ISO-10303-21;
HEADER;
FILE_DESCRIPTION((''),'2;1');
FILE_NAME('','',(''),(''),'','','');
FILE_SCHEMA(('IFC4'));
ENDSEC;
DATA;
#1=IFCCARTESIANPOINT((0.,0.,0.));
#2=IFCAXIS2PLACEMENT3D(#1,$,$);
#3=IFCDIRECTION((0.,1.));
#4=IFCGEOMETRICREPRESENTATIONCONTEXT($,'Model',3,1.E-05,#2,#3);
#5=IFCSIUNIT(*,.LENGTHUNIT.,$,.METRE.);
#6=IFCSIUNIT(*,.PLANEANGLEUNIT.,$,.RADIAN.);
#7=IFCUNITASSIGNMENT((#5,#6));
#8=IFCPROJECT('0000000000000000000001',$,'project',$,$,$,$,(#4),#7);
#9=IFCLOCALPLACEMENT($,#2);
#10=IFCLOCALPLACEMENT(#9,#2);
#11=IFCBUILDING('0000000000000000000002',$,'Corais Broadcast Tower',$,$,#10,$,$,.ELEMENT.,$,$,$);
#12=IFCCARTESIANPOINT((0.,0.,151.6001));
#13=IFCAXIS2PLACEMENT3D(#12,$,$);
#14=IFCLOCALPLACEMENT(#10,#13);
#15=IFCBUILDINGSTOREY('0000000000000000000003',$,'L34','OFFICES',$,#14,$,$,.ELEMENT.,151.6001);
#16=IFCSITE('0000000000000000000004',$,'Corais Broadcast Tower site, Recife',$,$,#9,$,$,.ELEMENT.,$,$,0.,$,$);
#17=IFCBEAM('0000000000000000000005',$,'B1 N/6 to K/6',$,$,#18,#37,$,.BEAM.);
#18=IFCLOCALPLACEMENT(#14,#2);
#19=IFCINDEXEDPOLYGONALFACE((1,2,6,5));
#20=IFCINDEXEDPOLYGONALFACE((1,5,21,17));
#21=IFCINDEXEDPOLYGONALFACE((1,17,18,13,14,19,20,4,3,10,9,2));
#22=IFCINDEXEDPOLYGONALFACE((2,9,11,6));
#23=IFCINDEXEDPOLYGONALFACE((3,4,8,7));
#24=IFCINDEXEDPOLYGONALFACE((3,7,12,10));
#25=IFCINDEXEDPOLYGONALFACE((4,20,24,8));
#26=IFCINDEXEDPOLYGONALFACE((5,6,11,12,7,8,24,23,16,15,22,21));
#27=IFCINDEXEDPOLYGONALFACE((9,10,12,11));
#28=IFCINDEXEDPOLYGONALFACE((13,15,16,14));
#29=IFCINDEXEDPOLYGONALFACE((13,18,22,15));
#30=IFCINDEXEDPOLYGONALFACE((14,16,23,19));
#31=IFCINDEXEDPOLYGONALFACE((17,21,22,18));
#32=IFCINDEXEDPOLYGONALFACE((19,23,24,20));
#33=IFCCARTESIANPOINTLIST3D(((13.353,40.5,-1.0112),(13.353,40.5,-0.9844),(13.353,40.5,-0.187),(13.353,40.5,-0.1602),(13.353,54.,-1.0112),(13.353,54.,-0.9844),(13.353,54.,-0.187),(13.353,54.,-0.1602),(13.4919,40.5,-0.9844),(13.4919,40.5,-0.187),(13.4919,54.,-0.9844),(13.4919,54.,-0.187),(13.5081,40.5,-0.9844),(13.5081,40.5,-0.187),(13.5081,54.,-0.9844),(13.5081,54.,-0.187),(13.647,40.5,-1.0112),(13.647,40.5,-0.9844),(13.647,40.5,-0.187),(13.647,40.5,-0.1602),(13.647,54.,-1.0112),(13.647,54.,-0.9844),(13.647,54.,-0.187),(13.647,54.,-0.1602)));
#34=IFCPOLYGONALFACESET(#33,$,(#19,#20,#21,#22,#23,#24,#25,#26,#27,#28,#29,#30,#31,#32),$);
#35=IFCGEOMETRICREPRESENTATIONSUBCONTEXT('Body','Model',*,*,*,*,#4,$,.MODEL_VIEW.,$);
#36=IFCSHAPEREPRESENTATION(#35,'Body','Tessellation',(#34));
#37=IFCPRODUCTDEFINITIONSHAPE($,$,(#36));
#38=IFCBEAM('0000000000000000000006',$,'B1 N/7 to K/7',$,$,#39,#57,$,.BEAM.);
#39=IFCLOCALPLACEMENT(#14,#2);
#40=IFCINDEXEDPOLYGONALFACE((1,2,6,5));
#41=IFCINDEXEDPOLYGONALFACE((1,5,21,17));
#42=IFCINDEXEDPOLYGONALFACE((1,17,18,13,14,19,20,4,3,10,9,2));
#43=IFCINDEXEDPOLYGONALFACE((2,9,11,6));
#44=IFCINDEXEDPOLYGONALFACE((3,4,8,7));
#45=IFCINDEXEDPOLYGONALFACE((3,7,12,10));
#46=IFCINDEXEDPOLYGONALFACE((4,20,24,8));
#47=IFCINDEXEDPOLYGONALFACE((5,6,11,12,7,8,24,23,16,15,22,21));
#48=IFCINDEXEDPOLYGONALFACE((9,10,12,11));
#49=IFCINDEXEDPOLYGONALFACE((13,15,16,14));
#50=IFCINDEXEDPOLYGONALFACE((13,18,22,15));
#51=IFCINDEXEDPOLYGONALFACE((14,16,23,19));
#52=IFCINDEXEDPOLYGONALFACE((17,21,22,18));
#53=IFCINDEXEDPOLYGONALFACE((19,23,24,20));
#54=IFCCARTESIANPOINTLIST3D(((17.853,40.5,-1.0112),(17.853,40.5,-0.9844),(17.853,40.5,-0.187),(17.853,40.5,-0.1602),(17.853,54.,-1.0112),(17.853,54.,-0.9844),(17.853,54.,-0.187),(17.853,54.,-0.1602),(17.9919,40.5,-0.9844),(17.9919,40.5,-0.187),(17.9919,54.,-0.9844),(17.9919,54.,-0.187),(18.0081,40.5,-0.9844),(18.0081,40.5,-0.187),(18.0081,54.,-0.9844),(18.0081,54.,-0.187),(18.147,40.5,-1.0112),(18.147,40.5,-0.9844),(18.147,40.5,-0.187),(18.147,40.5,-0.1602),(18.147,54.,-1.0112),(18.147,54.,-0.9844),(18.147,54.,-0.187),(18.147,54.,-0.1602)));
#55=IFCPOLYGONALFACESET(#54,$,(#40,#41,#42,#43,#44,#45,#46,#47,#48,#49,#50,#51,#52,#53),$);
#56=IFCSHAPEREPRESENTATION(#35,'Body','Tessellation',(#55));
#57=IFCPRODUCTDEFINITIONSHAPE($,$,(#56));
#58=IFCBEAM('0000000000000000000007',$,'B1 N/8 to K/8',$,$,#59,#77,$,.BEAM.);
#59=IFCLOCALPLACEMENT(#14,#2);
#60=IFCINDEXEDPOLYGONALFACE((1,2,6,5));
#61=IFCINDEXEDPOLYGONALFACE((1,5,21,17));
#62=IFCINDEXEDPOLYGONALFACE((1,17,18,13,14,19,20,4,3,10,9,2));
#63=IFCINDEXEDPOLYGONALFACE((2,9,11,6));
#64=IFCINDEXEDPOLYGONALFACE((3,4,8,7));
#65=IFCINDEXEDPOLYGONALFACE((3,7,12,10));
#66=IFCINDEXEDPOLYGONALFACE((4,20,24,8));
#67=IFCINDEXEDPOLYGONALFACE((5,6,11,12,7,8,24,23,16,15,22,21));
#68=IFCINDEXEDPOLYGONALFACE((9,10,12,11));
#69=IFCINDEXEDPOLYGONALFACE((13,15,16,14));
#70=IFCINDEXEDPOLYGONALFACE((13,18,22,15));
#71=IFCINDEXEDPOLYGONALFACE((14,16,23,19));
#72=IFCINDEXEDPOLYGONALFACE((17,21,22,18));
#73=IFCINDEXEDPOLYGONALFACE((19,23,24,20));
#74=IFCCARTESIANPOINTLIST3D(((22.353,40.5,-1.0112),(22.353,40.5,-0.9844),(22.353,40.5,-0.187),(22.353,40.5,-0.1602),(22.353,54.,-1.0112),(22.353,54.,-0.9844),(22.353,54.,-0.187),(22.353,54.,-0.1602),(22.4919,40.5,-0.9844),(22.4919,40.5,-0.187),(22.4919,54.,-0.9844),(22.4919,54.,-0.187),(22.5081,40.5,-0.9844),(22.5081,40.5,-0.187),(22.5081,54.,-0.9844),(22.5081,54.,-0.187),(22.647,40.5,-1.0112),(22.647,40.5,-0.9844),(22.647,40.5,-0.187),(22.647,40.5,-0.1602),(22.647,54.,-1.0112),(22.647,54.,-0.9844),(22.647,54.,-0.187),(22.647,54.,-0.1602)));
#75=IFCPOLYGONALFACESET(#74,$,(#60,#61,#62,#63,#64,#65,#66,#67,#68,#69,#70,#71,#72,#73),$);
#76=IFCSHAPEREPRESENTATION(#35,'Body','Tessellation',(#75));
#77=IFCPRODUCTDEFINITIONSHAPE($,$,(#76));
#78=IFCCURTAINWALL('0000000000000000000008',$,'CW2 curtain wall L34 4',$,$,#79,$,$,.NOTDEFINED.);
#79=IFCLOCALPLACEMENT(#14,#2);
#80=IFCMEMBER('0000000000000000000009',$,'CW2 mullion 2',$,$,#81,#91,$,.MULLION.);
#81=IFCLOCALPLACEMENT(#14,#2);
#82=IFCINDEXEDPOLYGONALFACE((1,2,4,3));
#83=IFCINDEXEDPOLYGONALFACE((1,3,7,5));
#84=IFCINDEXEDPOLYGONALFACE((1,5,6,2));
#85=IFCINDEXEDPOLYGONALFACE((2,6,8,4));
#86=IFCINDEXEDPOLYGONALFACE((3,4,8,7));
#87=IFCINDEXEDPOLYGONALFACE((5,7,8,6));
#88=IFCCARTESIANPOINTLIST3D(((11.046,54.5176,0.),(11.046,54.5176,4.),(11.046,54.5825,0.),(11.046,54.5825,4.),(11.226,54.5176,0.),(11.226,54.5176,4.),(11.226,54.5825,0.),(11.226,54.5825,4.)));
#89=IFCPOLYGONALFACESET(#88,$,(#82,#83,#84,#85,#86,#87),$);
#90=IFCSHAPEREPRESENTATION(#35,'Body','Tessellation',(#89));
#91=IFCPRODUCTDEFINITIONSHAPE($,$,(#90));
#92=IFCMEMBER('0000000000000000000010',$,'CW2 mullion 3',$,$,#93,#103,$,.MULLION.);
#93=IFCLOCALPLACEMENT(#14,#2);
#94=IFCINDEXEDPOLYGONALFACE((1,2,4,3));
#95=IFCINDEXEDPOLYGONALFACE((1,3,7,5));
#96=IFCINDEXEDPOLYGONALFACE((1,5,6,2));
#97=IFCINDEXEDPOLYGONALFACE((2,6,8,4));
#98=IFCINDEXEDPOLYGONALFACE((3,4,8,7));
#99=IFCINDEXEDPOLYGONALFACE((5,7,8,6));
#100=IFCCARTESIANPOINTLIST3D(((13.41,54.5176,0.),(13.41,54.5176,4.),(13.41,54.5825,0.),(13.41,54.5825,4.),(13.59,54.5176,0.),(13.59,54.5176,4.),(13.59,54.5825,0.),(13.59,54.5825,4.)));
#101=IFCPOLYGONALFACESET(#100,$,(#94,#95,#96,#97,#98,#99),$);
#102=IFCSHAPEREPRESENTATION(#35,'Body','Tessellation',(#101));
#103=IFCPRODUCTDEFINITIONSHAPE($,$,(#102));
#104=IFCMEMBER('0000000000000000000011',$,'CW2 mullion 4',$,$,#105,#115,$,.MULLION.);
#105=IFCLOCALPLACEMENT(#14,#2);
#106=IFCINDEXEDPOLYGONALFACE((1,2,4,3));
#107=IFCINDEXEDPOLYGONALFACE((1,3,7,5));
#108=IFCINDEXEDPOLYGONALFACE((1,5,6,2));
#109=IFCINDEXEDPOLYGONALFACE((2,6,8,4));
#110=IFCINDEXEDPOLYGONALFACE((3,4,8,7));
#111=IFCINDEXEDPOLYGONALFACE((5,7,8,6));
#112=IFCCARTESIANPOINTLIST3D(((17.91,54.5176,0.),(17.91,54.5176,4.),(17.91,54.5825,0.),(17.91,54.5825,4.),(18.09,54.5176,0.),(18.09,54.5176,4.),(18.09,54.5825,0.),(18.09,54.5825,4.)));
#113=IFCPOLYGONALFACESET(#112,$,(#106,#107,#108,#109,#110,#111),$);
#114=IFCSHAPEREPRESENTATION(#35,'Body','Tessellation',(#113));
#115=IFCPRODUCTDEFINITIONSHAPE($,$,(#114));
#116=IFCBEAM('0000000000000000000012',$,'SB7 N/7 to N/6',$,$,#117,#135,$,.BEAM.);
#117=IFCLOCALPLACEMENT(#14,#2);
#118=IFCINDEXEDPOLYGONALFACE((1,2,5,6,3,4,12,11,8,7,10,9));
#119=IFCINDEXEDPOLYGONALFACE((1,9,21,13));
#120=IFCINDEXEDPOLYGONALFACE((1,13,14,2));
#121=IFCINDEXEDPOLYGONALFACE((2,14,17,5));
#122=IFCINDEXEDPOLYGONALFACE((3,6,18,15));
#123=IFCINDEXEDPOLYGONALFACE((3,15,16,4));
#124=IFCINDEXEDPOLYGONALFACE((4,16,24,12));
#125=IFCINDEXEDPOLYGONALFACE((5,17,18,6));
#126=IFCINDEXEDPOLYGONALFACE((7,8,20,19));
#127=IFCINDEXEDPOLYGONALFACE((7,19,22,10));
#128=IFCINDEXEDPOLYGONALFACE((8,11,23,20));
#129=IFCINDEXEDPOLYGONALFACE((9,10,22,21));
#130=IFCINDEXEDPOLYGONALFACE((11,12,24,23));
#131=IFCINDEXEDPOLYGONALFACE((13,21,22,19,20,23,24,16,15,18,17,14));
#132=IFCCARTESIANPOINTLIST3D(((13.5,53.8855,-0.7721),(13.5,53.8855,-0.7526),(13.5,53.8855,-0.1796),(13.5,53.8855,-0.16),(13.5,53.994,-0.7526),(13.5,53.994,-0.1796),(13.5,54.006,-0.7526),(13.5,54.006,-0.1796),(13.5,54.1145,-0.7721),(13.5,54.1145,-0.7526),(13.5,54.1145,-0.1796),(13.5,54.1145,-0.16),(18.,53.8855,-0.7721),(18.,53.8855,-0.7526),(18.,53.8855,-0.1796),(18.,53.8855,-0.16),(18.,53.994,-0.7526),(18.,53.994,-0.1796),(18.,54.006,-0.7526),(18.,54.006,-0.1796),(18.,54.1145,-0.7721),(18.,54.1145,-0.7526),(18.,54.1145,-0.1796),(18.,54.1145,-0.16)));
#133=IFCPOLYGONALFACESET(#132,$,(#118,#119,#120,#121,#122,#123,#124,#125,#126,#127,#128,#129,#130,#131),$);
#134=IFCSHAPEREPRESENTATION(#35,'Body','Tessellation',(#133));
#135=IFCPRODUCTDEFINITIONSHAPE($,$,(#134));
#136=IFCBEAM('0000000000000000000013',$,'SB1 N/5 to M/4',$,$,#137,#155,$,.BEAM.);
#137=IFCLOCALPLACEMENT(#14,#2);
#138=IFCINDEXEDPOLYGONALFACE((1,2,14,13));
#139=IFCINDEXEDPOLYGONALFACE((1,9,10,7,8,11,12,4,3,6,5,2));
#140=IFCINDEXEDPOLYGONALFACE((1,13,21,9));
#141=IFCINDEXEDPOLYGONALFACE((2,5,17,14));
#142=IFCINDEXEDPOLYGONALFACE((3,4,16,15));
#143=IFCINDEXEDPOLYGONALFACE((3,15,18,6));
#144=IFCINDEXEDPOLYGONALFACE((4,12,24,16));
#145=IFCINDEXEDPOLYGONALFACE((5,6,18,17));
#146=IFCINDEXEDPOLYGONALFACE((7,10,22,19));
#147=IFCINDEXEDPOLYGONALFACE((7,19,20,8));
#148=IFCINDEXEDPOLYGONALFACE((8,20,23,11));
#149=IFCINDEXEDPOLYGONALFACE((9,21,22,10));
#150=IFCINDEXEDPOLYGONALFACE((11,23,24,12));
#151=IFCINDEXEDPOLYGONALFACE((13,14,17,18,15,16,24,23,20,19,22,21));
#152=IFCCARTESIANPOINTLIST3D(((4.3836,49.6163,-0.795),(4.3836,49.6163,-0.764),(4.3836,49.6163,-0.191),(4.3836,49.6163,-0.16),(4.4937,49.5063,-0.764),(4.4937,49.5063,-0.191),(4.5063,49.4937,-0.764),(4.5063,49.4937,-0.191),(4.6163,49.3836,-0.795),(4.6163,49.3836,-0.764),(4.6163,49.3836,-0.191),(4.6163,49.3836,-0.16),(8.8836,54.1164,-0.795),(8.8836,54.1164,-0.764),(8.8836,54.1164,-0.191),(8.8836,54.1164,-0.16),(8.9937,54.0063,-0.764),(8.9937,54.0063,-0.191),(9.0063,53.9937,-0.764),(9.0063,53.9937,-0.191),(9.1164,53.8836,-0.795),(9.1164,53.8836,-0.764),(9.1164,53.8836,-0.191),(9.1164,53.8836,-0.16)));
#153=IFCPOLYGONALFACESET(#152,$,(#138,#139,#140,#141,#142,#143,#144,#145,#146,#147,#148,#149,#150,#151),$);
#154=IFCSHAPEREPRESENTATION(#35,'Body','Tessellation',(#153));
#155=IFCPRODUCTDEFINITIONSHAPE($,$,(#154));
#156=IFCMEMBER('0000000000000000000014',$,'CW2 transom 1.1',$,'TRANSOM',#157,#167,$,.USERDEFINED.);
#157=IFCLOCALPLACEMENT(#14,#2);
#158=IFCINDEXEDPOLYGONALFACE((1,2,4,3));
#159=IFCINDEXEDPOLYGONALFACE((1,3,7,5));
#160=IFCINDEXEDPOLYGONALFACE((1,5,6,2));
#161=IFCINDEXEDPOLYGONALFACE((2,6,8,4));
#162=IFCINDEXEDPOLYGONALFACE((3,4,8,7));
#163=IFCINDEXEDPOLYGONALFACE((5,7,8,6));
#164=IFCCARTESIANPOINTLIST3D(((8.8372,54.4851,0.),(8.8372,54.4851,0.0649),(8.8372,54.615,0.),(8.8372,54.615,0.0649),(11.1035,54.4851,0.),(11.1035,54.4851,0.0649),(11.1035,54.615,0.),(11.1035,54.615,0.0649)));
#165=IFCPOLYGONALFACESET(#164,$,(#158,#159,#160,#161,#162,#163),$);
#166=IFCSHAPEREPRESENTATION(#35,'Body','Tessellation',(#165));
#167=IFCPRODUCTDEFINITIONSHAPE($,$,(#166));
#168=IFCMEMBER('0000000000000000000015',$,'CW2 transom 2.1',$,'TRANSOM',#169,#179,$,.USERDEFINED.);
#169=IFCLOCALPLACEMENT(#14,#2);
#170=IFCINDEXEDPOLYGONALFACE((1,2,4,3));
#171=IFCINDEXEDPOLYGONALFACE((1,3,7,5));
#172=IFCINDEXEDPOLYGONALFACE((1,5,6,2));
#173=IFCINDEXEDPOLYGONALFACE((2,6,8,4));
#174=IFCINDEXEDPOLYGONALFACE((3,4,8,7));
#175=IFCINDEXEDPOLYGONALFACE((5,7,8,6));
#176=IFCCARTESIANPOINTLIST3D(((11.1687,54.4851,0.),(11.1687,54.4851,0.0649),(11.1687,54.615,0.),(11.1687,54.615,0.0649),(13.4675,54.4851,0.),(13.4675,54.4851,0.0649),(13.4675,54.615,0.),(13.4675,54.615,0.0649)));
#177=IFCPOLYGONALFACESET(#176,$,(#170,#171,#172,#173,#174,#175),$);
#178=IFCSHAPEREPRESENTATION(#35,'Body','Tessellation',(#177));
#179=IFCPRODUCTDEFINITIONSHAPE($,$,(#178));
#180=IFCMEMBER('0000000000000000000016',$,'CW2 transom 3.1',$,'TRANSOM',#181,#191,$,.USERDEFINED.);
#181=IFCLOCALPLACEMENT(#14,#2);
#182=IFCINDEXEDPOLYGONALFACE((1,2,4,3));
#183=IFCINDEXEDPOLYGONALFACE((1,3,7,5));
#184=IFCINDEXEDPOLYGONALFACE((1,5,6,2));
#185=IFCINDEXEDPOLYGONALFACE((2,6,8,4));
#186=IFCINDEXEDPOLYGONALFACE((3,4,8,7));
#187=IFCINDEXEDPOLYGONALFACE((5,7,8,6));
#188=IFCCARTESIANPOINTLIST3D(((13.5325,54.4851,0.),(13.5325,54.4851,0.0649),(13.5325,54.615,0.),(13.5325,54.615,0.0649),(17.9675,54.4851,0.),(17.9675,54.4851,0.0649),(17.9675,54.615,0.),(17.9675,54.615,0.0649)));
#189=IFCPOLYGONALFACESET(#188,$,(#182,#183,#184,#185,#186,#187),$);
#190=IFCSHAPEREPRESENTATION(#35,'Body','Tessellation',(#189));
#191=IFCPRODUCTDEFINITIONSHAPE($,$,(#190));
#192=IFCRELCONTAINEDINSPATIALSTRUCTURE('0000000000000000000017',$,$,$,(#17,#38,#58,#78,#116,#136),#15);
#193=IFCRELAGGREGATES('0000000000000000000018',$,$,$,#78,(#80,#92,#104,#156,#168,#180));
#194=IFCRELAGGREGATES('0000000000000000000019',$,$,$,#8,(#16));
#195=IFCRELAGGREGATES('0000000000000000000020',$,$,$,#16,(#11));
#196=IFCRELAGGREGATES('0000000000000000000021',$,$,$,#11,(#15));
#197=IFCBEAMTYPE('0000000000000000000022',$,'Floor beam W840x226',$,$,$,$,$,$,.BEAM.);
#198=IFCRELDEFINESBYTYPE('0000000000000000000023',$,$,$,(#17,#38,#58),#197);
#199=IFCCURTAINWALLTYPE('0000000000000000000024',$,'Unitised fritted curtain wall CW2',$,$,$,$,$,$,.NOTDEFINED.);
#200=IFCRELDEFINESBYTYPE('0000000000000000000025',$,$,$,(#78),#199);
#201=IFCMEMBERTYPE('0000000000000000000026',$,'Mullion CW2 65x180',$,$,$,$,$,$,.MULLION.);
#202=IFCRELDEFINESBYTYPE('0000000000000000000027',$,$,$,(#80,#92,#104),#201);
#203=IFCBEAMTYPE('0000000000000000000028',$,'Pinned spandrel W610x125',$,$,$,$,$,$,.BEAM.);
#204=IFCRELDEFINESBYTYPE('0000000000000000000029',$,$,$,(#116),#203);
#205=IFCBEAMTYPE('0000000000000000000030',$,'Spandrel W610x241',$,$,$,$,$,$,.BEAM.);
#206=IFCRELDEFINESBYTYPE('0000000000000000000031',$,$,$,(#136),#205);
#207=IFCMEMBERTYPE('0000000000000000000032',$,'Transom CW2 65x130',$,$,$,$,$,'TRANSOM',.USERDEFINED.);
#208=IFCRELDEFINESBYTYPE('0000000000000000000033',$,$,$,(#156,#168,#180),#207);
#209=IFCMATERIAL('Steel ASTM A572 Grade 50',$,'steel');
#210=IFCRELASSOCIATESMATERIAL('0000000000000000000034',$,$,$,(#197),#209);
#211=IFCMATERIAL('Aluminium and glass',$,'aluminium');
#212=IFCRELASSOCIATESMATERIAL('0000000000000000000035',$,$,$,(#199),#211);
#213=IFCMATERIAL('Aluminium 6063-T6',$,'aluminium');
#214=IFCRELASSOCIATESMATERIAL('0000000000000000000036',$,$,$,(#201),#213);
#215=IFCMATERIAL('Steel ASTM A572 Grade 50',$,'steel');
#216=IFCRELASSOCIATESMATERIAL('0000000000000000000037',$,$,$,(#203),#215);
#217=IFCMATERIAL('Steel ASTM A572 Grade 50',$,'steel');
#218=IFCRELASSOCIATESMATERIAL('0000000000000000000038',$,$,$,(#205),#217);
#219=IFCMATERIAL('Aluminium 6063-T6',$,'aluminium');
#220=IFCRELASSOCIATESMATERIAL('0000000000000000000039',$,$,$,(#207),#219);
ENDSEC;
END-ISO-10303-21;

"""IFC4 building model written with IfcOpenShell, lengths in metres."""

from ifc_helpers import new_model, si_unit, direction, frame, origin, origin_2d, place, context, subcontext, project, spatial, rectangle, i_section, extrude, material, material_profile, profile_set, type_object, element, aggregate, save


model = new_model("IFC4")

# Units and contexts
model_context = context("Model", 3, precision=1e-05, world=origin(), true_north=direction((0.0, 1.0)))
body_context = subcontext(model_context, "Body", "Model", "MODEL_VIEW")
ifc_project = project(units=[si_unit("LENGTHUNIT", "METRE"), si_unit("PLANEANGLEUNIT", "RADIAN")], contexts=[model_context])

# Site, building, storey
site_placement = place(None, origin())
site = spatial("IfcSite", under=ifc_project, at=site_placement, Name="Corais Broadcast Tower site, Recife", CompositionType="ELEMENT", RefElevation=0.0)
building_placement = place(site_placement, origin())
building = spatial("IfcBuilding", under=site, at=building_placement, Name="Corais Broadcast Tower", CompositionType="ELEMENT")
storey_placement = place(building_placement, frame((0.0, 0.0, 151.6001)))
storey = spatial("IfcBuildingStorey", under=building, at=storey_placement, Name="L34", Description="OFFICES", CompositionType="ELEMENT", Elevation=151.6001)

# Beams
ifc_material_1 = material(Name="Steel ASTM A572 Grade 50", Category="steel")
ifc_material_profile_1 = material_profile(ifc_material_1, i_section(OverallWidth=0.2939, OverallDepth=0.8511, WebThickness=0.0161, FlangeThickness=0.0269, at=origin_2d()), Name="W840x226")
ifc_profile_set_1 = profile_set([ifc_material_profile_1], Name="Steel ASTM A572 Grade 50")
beam_type_1 = type_object("IfcBeamType", Name="Floor beam W840x226", PredefinedType="BEAM", material=ifc_profile_set_1)
for number, where, z_axis, x_axis, name in (
    (1, (13.5, 54.0, -0.5857), (0.0, -1.0, 0.0), (1.0, 0.0, 0.0), "B1 N/6 to K/6"),
    (2, (18.0, 54.0, -0.5857), (0.0, -1.0, 0.0), (1.0, 0.0, 0.0), "B1 N/7 to K/7"),
    (3, (22.5, 54.0, -0.5857), (0.0, -1.0, 0.0), (1.0, 0.0, 0.0), "B1 N/8 to K/8"),
):
    element("IfcBeam", number, at=place(storey_placement, frame(where, z_axis=z_axis, x_axis=x_axis)), inside=storey, type_object=beam_type_1, Name=name, PredefinedType="BEAM", context=body_context, shape_type="SweptSolid", body=[
        extrude(i_section(OverallWidth=0.2939, OverallDepth=0.8511, WebThickness=0.0161, FlangeThickness=0.0269, at=origin_2d()), origin(), (0.0, 0.0, 1.0), 13.5),
    ])

# Curtain wall, members
ifc_material_2 = material(Name="Aluminium and glass", Category="aluminium")
curtain_wall_type = type_object("IfcCurtainWallType", Name="Unitised fritted curtain wall CW2", PredefinedType="NOTDEFINED", material=ifc_material_2)
curtain_wall_placement = place(storey_placement, origin())
curtain_wall = element("IfcCurtainWall", 4, at=curtain_wall_placement, inside=storey, type_object=curtain_wall_type, Name="CW2 curtain wall L34 4", PredefinedType="NOTDEFINED")
ifc_material_3 = material(Name="Aluminium 6063-T6", Category="aluminium")
ifc_material_profile_2 = material_profile(ifc_material_3, rectangle(XDim=0.0649, YDim=0.1799, at=origin_2d()), Name="Mullion CW2 65x180")
ifc_profile_set_2 = profile_set([ifc_material_profile_2], Name="Aluminium 6063-T6")
member_type_1 = type_object("IfcMemberType", Name="Mullion CW2 65x180", PredefinedType="MULLION", material=ifc_profile_set_2)
member_1_placement = place(storey_placement, frame((11.136, 54.55, 0.0), z_axis=(0.0, 0.0, 1.0), x_axis=(0.0, 1.0, 0.0)))
member_1 = element("IfcMember", 5, at=member_1_placement, type_object=member_type_1, Name="CW2 mullion 2", PredefinedType="MULLION", context=body_context, shape_type="SweptSolid", body=[
    extrude(rectangle(XDim=0.0649, YDim=0.1799, at=origin_2d()), origin(), (0.0, 0.0, 1.0), 4.0),
])
member_2_placement = place(storey_placement, frame((13.5, 54.55, 0.0), z_axis=(0.0, 0.0, 1.0), x_axis=(0.0, 1.0, 0.0)))
member_2 = element("IfcMember", 6, at=member_2_placement, type_object=member_type_1, Name="CW2 mullion 3", PredefinedType="MULLION", context=body_context, shape_type="SweptSolid", body=[
    extrude(rectangle(XDim=0.0649, YDim=0.1799, at=origin_2d()), origin(), (0.0, 0.0, 1.0), 4.0),
])
member_3_placement = place(storey_placement, frame((18.0, 54.55, 0.0), z_axis=(0.0, 0.0, 1.0), x_axis=(0.0, 1.0, 0.0)))
member_3 = element("IfcMember", 7, at=member_3_placement, type_object=member_type_1, Name="CW2 mullion 4", PredefinedType="MULLION", context=body_context, shape_type="SweptSolid", body=[
    extrude(rectangle(XDim=0.0649, YDim=0.1799, at=origin_2d()), origin(), (0.0, 0.0, 1.0), 4.0),
])

# Beams
ifc_material_4 = material(Name="Steel ASTM A572 Grade 50", Category="steel")
ifc_material_profile_3 = material_profile(ifc_material_4, i_section(OverallWidth=0.229, OverallDepth=0.6121, WebThickness=0.012, FlangeThickness=0.0195, at=origin_2d()), Name="W610x125")
ifc_profile_set_3 = profile_set([ifc_material_profile_3], Name="Steel ASTM A572 Grade 50")
beam_type_2 = type_object("IfcBeamType", Name="Pinned spandrel W610x125", PredefinedType="BEAM", material=ifc_profile_set_3)
beam_1_placement = place(storey_placement, frame((18.0, 54.0, -0.4661), z_axis=(-1.0, 0.0, 0.0), x_axis=(0.0, -1.0, 0.0)))
element("IfcBeam", 8, at=beam_1_placement, inside=storey, type_object=beam_type_2, Name="SB7 N/7 to N/6", PredefinedType="BEAM", context=body_context, shape_type="SweptSolid", body=[
    extrude(i_section(OverallWidth=0.229, OverallDepth=0.6121, WebThickness=0.012, FlangeThickness=0.0195, at=origin_2d()), origin(), (0.0, 0.0, 1.0), 4.5),
])
ifc_material_5 = material(Name="Steel ASTM A572 Grade 50", Category="steel")
ifc_material_profile_4 = material_profile(ifc_material_5, i_section(OverallWidth=0.3291, OverallDepth=0.635, WebThickness=0.0178, FlangeThickness=0.031, at=origin_2d()), Name="W610x241")
ifc_profile_set_4 = profile_set([ifc_material_profile_4], Name="Steel ASTM A572 Grade 50")
beam_type_3 = type_object("IfcBeamType", Name="Spandrel W610x241", PredefinedType="BEAM", material=ifc_profile_set_4)
beam_2_placement = place(storey_placement, frame((9.0, 54.0, -0.4775), z_axis=(-0.707107, -0.707107, 0.0), x_axis=(0.707107, -0.707107, 0.0)))
element("IfcBeam", 9, at=beam_2_placement, inside=storey, type_object=beam_type_3, Name="SB1 N/5 to M/4", PredefinedType="BEAM", context=body_context, shape_type="SweptSolid", body=[
    extrude(i_section(OverallWidth=0.3291, OverallDepth=0.635, WebThickness=0.0178, FlangeThickness=0.031, at=origin_2d()), origin(), (0.0, 0.0, 1.0), 6.364),
])

# Members
ifc_material_6 = material(Name="Aluminium 6063-T6", Category="aluminium")
ifc_material_profile_5 = material_profile(ifc_material_6, rectangle(XDim=0.1299, YDim=0.0649, at=origin_2d()), Name="Transom CW2 65x130")
ifc_profile_set_5 = profile_set([ifc_material_profile_5], Name="Aluminium 6063-T6")
member_type_2 = type_object("IfcMemberType", Name="Transom CW2 65x130", ElementType="TRANSOM", PredefinedType="USERDEFINED", material=ifc_profile_set_5)
member_4_placement = place(storey_placement, frame((8.8372, 54.55, 0.0325), z_axis=(1.0, 0.0, 0.0), x_axis=(0.0, 1.0, 0.0)))
member_4 = element("IfcMember", 10, at=member_4_placement, type_object=member_type_2, Name="CW2 transom 1.1", ObjectType="TRANSOM", PredefinedType="USERDEFINED", context=body_context, shape_type="SweptSolid", body=[
    extrude(rectangle(XDim=0.1299, YDim=0.0649, at=origin_2d()), origin(), (0.0, 0.0, 1.0), 2.2664),
])
member_5_placement = place(storey_placement, frame((11.1687, 54.55, 0.0325), z_axis=(1.0, 0.0, 0.0), x_axis=(0.0, 1.0, 0.0)))
member_5 = element("IfcMember", 11, at=member_5_placement, type_object=member_type_2, Name="CW2 transom 2.1", ObjectType="TRANSOM", PredefinedType="USERDEFINED", context=body_context, shape_type="SweptSolid", body=[
    extrude(rectangle(XDim=0.1299, YDim=0.0649, at=origin_2d()), origin(), (0.0, 0.0, 1.0), 2.2988),
])
member_6_placement = place(storey_placement, frame((13.5325, 54.55, 0.0325), z_axis=(1.0, 0.0, 0.0), x_axis=(0.0, 1.0, 0.0)))
member_6 = element("IfcMember", 12, at=member_6_placement, type_object=member_type_2, Name="CW2 transom 3.1", ObjectType="TRANSOM", PredefinedType="USERDEFINED", context=body_context, shape_type="SweptSolid", body=[
    extrude(rectangle(XDim=0.1299, YDim=0.0649, at=origin_2d()), origin(), (0.0, 0.0, 1.0), 4.4351),
])

aggregate(curtain_wall, [member_1, member_2, member_3, member_4, member_5, member_6])

save(model, "model.ifc")
